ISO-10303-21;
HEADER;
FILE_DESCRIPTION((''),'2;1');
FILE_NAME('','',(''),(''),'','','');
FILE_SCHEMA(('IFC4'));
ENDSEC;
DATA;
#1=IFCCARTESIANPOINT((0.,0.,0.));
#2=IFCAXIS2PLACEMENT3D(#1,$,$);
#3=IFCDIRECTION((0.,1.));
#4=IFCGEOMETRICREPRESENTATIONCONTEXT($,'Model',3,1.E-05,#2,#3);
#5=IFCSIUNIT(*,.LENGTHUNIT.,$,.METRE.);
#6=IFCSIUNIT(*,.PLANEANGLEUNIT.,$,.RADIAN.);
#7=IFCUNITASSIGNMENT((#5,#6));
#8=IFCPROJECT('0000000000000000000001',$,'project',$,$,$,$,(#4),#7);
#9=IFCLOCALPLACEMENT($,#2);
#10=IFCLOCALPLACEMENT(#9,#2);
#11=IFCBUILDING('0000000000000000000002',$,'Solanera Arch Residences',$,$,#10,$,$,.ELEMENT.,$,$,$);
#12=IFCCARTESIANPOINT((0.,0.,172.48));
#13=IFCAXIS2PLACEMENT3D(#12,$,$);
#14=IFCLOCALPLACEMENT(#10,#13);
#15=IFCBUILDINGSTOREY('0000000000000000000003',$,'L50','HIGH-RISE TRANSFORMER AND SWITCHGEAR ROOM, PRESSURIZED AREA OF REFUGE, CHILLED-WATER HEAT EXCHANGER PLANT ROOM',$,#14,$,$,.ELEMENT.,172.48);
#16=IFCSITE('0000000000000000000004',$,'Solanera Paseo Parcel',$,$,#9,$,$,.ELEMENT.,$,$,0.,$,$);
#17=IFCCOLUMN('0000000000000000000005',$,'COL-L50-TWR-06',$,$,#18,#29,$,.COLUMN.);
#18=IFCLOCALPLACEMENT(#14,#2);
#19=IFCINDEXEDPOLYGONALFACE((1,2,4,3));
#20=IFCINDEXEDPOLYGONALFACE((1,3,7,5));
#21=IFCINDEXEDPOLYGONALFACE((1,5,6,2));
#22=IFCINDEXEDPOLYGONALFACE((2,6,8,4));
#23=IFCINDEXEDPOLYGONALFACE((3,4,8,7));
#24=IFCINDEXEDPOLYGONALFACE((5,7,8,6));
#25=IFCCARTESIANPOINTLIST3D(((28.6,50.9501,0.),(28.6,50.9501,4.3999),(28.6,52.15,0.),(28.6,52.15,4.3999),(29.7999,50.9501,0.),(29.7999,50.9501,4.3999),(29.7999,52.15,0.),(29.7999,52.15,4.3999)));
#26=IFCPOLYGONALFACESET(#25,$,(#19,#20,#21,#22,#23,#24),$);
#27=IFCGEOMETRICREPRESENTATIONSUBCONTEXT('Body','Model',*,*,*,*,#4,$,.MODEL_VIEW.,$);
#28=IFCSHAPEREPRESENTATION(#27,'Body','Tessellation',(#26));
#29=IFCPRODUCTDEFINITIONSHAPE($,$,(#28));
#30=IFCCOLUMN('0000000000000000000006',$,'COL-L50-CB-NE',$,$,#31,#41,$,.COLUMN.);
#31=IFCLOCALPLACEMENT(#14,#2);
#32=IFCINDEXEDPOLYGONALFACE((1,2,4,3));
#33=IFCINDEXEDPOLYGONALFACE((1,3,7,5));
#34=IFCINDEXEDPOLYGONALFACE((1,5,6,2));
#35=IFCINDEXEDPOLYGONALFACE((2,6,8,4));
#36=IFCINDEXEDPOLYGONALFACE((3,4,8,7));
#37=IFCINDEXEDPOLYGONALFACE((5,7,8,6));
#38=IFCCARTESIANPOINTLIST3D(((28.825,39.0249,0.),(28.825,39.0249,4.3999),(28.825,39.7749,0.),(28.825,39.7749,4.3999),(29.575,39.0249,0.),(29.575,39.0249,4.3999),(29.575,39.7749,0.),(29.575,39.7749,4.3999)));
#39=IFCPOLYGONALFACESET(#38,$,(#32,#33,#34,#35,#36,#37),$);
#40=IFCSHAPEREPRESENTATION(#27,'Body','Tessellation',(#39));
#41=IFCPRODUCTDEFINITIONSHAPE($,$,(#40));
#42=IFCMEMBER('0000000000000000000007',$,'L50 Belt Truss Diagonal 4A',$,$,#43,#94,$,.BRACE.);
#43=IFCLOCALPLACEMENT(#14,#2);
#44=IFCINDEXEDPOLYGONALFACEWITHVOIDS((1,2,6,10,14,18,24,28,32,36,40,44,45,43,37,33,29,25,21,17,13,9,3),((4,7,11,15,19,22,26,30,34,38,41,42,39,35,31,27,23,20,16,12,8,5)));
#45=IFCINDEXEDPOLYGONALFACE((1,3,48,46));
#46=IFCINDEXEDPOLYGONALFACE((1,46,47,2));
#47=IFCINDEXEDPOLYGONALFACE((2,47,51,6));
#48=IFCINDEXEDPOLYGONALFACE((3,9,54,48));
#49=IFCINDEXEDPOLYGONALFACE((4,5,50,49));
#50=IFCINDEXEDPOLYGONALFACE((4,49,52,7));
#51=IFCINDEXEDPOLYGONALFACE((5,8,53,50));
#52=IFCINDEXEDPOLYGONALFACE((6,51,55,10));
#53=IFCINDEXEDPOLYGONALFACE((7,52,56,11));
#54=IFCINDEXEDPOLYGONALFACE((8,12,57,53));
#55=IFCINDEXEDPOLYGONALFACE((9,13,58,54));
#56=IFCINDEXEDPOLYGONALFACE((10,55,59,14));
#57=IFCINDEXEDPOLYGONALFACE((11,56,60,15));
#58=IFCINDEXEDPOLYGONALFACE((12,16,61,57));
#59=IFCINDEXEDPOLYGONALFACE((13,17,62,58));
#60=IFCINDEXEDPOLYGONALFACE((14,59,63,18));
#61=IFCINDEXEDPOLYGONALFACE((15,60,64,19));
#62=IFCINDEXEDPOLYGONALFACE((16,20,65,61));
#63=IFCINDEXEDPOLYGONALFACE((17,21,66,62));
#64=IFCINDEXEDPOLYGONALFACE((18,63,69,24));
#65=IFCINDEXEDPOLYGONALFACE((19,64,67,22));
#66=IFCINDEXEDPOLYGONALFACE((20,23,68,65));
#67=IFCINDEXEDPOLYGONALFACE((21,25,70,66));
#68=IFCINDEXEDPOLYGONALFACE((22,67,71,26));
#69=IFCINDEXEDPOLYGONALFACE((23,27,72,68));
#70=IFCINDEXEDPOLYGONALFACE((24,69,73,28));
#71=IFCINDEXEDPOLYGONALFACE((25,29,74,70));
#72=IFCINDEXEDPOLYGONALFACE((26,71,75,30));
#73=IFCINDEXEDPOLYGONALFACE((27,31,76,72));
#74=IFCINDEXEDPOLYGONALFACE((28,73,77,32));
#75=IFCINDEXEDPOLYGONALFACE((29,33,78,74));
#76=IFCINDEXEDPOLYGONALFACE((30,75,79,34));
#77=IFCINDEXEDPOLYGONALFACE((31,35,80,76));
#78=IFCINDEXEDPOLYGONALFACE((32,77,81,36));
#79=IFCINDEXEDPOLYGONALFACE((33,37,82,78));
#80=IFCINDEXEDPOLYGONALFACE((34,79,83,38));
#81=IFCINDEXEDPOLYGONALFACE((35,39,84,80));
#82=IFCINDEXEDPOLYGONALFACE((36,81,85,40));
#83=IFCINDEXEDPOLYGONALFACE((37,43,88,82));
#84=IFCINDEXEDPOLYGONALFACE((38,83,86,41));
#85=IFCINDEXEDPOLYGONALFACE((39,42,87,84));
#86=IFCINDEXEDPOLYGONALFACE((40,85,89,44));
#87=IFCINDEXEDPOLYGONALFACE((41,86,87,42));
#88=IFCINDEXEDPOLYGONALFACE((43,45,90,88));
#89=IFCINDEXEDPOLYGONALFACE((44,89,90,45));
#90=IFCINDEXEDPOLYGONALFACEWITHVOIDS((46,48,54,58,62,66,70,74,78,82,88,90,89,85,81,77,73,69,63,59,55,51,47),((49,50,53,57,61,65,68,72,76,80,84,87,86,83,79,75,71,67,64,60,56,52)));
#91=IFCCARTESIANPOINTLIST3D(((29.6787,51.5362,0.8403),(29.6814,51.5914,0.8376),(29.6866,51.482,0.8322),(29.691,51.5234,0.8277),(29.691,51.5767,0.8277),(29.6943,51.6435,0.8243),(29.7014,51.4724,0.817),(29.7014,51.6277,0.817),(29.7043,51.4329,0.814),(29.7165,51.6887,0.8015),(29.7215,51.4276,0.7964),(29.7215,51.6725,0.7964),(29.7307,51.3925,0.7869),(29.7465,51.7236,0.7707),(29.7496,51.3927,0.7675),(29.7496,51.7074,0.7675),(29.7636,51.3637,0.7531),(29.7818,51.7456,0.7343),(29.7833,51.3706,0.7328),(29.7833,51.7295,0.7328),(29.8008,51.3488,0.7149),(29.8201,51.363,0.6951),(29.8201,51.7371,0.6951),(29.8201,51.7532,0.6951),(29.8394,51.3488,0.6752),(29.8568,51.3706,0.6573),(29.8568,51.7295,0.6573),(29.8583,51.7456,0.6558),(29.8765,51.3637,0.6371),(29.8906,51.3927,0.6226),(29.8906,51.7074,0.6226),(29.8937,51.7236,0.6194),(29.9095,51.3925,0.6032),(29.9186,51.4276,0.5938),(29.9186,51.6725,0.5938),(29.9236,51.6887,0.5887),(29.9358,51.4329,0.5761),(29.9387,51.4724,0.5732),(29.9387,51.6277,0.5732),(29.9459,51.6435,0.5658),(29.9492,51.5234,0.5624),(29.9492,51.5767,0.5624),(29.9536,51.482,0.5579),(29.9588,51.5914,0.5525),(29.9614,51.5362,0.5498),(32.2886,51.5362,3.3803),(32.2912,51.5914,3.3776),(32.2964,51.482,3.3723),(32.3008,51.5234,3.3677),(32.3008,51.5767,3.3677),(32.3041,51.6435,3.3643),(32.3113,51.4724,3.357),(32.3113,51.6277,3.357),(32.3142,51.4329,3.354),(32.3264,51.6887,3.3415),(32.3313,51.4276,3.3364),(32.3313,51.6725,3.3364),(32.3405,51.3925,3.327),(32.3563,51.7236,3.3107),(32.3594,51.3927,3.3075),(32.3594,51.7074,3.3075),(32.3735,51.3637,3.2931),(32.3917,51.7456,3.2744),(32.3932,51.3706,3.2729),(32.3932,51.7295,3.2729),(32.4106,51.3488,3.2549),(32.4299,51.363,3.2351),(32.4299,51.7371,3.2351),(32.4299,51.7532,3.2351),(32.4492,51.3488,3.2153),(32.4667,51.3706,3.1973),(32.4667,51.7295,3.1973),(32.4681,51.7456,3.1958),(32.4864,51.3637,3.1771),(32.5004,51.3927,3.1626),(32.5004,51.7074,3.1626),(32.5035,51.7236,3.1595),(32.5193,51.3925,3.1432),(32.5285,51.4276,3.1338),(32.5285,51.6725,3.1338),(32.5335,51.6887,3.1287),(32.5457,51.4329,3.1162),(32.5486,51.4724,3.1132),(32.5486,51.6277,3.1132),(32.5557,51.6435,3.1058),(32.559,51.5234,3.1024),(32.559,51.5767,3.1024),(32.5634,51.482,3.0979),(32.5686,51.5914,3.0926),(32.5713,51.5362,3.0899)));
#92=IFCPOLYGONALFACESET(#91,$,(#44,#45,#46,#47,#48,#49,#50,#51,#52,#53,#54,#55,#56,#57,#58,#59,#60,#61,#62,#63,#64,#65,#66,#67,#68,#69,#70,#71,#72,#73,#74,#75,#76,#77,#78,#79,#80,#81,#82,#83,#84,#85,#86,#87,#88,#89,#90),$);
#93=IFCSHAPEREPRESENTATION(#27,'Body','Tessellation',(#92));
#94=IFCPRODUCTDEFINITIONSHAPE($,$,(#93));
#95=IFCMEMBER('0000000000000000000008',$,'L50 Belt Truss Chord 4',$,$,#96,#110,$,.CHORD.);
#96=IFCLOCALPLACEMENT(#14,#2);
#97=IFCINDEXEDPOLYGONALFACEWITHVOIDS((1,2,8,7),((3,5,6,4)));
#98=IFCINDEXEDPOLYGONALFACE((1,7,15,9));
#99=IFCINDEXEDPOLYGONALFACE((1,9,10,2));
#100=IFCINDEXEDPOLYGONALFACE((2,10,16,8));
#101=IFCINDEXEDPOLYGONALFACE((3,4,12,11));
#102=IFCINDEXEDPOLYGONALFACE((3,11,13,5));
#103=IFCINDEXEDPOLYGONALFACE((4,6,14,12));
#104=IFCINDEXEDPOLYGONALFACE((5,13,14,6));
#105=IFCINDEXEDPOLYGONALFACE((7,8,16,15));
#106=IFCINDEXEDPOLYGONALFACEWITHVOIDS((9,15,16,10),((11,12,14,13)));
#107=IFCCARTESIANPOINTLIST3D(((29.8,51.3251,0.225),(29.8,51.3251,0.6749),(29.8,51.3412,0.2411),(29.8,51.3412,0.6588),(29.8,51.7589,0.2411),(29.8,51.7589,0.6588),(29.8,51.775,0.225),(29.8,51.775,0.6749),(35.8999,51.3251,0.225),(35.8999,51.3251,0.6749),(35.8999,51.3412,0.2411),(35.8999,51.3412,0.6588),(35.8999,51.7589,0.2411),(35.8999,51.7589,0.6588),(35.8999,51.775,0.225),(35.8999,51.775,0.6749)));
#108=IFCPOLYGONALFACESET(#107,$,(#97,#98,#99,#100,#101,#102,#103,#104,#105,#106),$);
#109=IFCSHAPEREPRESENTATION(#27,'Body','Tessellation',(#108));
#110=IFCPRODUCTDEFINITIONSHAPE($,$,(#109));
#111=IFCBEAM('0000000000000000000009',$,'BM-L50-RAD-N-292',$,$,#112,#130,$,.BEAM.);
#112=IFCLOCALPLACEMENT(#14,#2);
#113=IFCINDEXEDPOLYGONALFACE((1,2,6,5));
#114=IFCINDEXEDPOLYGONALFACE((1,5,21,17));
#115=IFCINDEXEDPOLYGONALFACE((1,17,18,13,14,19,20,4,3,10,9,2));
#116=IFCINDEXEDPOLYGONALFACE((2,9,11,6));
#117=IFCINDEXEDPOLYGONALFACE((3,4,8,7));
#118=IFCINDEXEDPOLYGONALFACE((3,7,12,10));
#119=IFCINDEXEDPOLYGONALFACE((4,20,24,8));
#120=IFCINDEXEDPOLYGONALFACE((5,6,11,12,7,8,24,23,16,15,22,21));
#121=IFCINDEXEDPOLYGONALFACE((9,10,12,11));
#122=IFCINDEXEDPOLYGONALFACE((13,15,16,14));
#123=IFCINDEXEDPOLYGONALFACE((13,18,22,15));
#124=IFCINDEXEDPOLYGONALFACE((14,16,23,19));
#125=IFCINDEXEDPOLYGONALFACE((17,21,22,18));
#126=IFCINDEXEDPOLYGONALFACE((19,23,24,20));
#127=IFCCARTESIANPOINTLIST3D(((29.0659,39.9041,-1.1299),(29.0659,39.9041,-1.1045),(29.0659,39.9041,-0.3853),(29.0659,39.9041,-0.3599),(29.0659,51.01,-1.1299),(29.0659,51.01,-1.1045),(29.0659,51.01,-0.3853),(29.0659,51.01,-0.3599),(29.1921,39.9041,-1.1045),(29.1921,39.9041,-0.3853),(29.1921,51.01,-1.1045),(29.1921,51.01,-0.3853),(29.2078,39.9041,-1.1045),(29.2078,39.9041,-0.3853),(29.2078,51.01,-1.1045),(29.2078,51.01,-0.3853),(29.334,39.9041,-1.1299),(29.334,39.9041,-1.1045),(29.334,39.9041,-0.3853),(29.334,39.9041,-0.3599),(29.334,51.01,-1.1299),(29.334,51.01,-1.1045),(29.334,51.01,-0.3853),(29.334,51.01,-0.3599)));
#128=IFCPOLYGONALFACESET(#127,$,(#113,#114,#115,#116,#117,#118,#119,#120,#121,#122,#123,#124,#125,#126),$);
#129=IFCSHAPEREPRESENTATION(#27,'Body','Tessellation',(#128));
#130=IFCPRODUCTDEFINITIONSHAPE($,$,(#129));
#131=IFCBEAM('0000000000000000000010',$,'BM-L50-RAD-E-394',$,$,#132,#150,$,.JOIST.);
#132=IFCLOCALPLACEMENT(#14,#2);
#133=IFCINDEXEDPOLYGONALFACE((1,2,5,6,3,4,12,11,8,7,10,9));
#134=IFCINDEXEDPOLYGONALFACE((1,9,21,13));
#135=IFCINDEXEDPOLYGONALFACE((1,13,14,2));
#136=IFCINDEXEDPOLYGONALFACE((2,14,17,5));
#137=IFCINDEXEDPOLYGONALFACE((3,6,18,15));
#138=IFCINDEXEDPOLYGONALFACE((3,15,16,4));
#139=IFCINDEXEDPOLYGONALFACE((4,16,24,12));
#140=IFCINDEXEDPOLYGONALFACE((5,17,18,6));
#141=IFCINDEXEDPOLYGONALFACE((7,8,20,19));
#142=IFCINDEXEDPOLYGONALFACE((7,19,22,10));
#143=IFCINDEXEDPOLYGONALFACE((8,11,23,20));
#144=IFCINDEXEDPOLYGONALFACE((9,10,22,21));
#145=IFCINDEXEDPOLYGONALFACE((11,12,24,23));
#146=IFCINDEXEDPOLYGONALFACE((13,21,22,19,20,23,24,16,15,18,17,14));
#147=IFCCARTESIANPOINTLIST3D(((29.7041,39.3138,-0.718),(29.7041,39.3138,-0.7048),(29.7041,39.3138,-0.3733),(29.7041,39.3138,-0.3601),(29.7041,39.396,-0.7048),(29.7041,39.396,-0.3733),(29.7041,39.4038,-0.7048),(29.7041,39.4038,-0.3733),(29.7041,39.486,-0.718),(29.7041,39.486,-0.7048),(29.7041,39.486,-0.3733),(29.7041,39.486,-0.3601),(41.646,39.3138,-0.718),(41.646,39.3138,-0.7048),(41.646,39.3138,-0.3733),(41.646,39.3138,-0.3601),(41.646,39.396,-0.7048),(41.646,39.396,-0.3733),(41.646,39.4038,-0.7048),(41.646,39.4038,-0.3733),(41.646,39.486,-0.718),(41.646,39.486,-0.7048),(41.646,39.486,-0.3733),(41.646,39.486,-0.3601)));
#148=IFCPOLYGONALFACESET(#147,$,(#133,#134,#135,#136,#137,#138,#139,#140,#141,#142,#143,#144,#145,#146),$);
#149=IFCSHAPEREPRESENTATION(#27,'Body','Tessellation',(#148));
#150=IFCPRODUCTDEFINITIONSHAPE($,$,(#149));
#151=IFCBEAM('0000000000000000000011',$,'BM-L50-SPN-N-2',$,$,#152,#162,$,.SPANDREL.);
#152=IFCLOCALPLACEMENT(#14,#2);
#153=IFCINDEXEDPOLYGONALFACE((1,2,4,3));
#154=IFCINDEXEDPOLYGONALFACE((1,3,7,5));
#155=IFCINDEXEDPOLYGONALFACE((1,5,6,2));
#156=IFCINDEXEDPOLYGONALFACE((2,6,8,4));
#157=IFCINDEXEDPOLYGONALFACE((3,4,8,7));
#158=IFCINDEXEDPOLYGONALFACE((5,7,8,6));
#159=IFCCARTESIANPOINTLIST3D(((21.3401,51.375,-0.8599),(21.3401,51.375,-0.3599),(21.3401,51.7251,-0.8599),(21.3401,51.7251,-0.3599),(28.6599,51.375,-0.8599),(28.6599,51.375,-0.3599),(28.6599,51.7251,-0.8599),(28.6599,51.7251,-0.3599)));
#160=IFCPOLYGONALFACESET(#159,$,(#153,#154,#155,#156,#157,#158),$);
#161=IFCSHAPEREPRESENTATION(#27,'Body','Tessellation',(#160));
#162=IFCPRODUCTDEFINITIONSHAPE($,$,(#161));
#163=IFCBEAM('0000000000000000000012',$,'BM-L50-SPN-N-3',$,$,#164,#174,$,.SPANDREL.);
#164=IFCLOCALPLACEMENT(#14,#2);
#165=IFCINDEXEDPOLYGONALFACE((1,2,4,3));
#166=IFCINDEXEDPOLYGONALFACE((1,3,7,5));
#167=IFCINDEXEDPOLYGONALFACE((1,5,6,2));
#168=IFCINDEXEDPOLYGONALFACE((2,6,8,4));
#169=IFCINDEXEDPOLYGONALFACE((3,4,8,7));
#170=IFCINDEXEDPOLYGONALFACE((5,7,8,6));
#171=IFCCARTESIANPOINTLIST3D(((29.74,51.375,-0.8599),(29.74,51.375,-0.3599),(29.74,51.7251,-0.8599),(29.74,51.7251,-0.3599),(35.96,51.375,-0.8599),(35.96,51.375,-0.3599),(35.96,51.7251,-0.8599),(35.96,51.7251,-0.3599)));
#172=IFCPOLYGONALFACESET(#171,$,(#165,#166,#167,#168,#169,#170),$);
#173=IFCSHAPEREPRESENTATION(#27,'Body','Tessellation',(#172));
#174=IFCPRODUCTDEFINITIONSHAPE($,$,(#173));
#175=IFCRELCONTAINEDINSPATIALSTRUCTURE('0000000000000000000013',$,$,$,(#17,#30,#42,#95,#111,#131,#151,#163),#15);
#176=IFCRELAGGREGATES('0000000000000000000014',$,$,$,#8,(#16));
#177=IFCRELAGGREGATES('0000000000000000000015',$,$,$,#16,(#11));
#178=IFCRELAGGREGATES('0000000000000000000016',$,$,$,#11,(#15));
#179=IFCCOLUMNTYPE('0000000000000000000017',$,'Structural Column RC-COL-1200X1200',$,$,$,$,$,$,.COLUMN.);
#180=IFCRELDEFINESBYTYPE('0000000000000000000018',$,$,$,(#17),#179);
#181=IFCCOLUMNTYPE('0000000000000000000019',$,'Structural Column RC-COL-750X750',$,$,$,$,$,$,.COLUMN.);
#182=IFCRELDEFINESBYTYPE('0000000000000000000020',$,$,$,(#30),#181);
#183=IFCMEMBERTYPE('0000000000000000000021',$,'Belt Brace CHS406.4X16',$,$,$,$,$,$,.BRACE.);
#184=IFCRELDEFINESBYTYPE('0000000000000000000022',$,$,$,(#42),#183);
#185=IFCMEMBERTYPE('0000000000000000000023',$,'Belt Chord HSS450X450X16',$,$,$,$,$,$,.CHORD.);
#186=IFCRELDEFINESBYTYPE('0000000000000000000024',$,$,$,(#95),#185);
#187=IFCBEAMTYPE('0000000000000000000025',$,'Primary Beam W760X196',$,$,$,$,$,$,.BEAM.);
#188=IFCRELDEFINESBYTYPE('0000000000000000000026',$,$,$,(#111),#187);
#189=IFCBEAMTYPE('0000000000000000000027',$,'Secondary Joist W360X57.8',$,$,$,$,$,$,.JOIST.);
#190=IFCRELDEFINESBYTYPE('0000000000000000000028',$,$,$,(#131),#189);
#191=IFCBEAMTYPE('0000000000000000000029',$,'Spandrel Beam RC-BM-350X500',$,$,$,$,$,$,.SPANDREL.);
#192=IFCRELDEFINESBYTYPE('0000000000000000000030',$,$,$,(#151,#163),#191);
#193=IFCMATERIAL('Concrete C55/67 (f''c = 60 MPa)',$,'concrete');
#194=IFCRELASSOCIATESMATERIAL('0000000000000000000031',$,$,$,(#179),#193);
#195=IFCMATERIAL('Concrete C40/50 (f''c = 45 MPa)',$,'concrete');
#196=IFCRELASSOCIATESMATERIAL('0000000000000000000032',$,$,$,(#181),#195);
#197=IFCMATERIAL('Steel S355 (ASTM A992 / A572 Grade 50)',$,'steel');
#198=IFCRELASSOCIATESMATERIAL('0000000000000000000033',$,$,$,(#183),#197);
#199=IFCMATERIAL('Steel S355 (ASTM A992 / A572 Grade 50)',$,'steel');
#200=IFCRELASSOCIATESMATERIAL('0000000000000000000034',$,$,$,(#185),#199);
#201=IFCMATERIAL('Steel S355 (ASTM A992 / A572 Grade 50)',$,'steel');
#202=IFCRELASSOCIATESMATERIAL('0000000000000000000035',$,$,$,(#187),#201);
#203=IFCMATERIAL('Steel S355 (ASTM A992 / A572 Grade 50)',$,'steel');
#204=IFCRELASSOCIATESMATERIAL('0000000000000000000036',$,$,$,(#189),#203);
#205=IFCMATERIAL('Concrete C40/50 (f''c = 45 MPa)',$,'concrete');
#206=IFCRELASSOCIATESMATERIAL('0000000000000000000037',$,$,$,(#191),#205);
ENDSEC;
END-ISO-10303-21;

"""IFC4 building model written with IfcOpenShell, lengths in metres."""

from ifc_helpers import new_model, si_unit, direction, frame, origin, origin_2d, place, context, subcontext, project, spatial, rectangle, hollow_rectangle, hollow_circle, i_section, extrude, material, material_profile, profile_set, type_object, element, save


model = new_model("IFC4")

# Units and contexts
model_context = context("Model", 3, precision=1e-05, world=origin(), true_north=direction((0.0, 1.0)))
body_context = subcontext(model_context, "Body", "Model", "MODEL_VIEW")
ifc_project = project(units=[si_unit("LENGTHUNIT", "METRE"), si_unit("PLANEANGLEUNIT", "RADIAN")], contexts=[model_context])

# Site, building, storey
site_placement = place(None, origin())
site = spatial("IfcSite", under=ifc_project, at=site_placement, Name="Solanera Paseo Parcel", CompositionType="ELEMENT", RefElevation=0.0)
building_placement = place(site_placement, origin())
building = spatial("IfcBuilding", under=site, at=building_placement, Name="Solanera Arch Residences", CompositionType="ELEMENT")
storey_placement = place(building_placement, frame((0.0, 0.0, 172.48)))
storey = spatial("IfcBuildingStorey", under=building, at=storey_placement, Name="L50", Description="HIGH-RISE TRANSFORMER AND SWITCHGEAR ROOM, PRESSURIZED AREA OF REFUGE, CHILLED-WATER HEAT EXCHANGER PLANT ROOM", CompositionType="ELEMENT", Elevation=172.48)

# Columns
ifc_material_1 = material(Name="Concrete C55/67 (f'c = 60 MPa)", Category="concrete")
ifc_material_profile_1 = material_profile(ifc_material_1, rectangle(XDim=1.2, YDim=1.2, at=origin_2d()))
ifc_profile_set_1 = profile_set([ifc_material_profile_1], Name="Concrete C55/67 (f'c = 60 MPa)")
column_type_1 = type_object("IfcColumnType", Name="Structural Column RC-COL-1200X1200", PredefinedType="COLUMN", material=ifc_profile_set_1)
column_1_placement = place(storey_placement, frame((29.2, 51.55, 0.0), z_axis=(0.0, 0.0, 1.0), x_axis=(1.0, 0.0, 0.0)))
element("IfcColumn", 1, at=column_1_placement, inside=storey, type_object=column_type_1, Name="COL-L50-TWR-06", PredefinedType="COLUMN", context=body_context, shape_type="SweptSolid", body=[
    extrude(rectangle(XDim=1.2, YDim=1.2, at=origin_2d()), origin(), (0.0, 0.0, 1.0), 4.3999),
])
ifc_material_2 = material(Name="Concrete C40/50 (f'c = 45 MPa)", Category="concrete")
ifc_material_profile_2 = material_profile(ifc_material_2, rectangle(XDim=0.75, YDim=0.75, at=origin_2d()))
ifc_profile_set_2 = profile_set([ifc_material_profile_2], Name="Concrete C40/50 (f'c = 45 MPa)")
column_type_2 = type_object("IfcColumnType", Name="Structural Column RC-COL-750X750", PredefinedType="COLUMN", material=ifc_profile_set_2)
column_2_placement = place(storey_placement, frame((29.2, 39.3999, 0.0), z_axis=(0.0, 0.0, 1.0), x_axis=(1.0, 0.0, 0.0)))
element("IfcColumn", 2, at=column_2_placement, inside=storey, type_object=column_type_2, Name="COL-L50-CB-NE", PredefinedType="COLUMN", context=body_context, shape_type="SweptSolid", body=[
    extrude(rectangle(XDim=0.75, YDim=0.75, at=origin_2d()), origin(), (0.0, 0.0, 1.0), 4.3999),
])

# Members
ifc_material_3 = material(Name="Steel S355 (ASTM A992 / A572 Grade 50)", Category="steel")
ifc_material_profile_3 = material_profile(ifc_material_3, hollow_circle(Radius=0.2031, WallThickness=0.0161, at=origin_2d()))
ifc_profile_set_3 = profile_set([ifc_material_profile_3], Name="Steel S355 (ASTM A992 / A572 Grade 50)")
member_type_1 = type_object("IfcMemberType", Name="Belt Brace CHS406.4X16", PredefinedType="BRACE", material=ifc_profile_set_3)
member_1_placement = place(storey_placement, frame((29.8201, 51.55, 0.6951), z_axis=(0.716628, 0.0, 0.697455), x_axis=(0.0, 1.0, 0.0)))
element("IfcMember", 3, at=member_1_placement, inside=storey, type_object=member_type_1, Name="L50 Belt Truss Diagonal 4A", PredefinedType="BRACE", context=body_context, shape_type="SweptSolid", body=[
    extrude(hollow_circle(Radius=0.2031, WallThickness=0.0161, at=origin_2d()), origin(), (0.0, 0.0, 1.0), 3.6418),
])
ifc_material_4 = material(Name="Steel S355 (ASTM A992 / A572 Grade 50)", Category="steel")
ifc_material_profile_4 = material_profile(ifc_material_4, hollow_rectangle(XDim=0.45, YDim=0.45, WallThickness=0.0161, at=origin_2d()))
ifc_profile_set_4 = profile_set([ifc_material_profile_4], Name="Steel S355 (ASTM A992 / A572 Grade 50)")
member_type_2 = type_object("IfcMemberType", Name="Belt Chord HSS450X450X16", PredefinedType="CHORD", material=ifc_profile_set_4)
member_2_placement = place(storey_placement, frame((29.8, 51.55, 0.45), z_axis=(1.0, 0.0, 0.0), x_axis=(0.0, 1.0, 0.0)))
element("IfcMember", 4, at=member_2_placement, inside=storey, type_object=member_type_2, Name="L50 Belt Truss Chord 4", PredefinedType="CHORD", context=body_context, shape_type="SweptSolid", body=[
    extrude(hollow_rectangle(XDim=0.45, YDim=0.45, WallThickness=0.0161, at=origin_2d()), origin(), (0.0, 0.0, 1.0), 6.0999),
])

# Beams
ifc_material_5 = material(Name="Steel S355 (ASTM A992 / A572 Grade 50)", Category="steel")
ifc_material_profile_5 = material_profile(ifc_material_5, i_section(OverallWidth=0.2681, OverallDepth=0.77, WebThickness=0.0156, FlangeThickness=0.0254, at=origin_2d()))
ifc_profile_set_5 = profile_set([ifc_material_profile_5], Name="Steel S355 (ASTM A992 / A572 Grade 50)")
beam_type_1 = type_object("IfcBeamType", Name="Primary Beam W760X196", PredefinedType="BEAM", material=ifc_profile_set_5)
beam_1_placement = place(storey_placement, frame((29.2, 39.9041, -0.7449), z_axis=(0.0, 1.0, 0.0), x_axis=(-1.0, 0.0, 0.0)))
element("IfcBeam", 5, at=beam_1_placement, inside=storey, type_object=beam_type_1, Name="BM-L50-RAD-N-292", PredefinedType="BEAM", context=body_context, shape_type="SweptSolid", body=[
    extrude(i_section(OverallWidth=0.2681, OverallDepth=0.77, WebThickness=0.0156, FlangeThickness=0.0254, at=origin_2d()), origin(), (0.0, 0.0, 1.0), 11.106),
])
ifc_material_6 = material(Name="Steel S355 (ASTM A992 / A572 Grade 50)", Category="steel")
ifc_material_profile_6 = material_profile(ifc_material_6, i_section(OverallWidth=0.1721, OverallDepth=0.3579, WebThickness=0.0078, FlangeThickness=0.0132, at=origin_2d()))
ifc_profile_set_6 = profile_set([ifc_material_profile_6], Name="Steel S355 (ASTM A992 / A572 Grade 50)")
beam_type_2 = type_object("IfcBeamType", Name="Secondary Joist W360X57.8", PredefinedType="JOIST", material=ifc_profile_set_6)
beam_2_placement = place(storey_placement, frame((29.7041, 39.3999, -0.5391), z_axis=(1.0, 0.0, 0.0), x_axis=(0.0, 1.0, 0.0)))
element("IfcBeam", 6, at=beam_2_placement, inside=storey, type_object=beam_type_2, Name="BM-L50-RAD-E-394", PredefinedType="JOIST", context=body_context, shape_type="SweptSolid", body=[
    extrude(i_section(OverallWidth=0.1721, OverallDepth=0.3579, WebThickness=0.0078, FlangeThickness=0.0132, at=origin_2d()), origin(), (0.0, 0.0, 1.0), 11.9419),
])
ifc_material_7 = material(Name="Concrete C40/50 (f'c = 45 MPa)", Category="concrete")
ifc_material_profile_7 = material_profile(ifc_material_7, rectangle(XDim=0.3501, YDim=0.5, at=origin_2d()))
ifc_profile_set_7 = profile_set([ifc_material_profile_7], Name="Concrete C40/50 (f'c = 45 MPa)")
beam_type_3 = type_object("IfcBeamType", Name="Spandrel Beam RC-BM-350X500", PredefinedType="SPANDREL", material=ifc_profile_set_7)
beam_3_placement = place(storey_placement, frame((21.3401, 51.55, -0.6099), z_axis=(1.0, 0.0, 0.0), x_axis=(0.0, 1.0, 0.0)))
element("IfcBeam", 7, at=beam_3_placement, inside=storey, type_object=beam_type_3, Name="BM-L50-SPN-N-2", PredefinedType="SPANDREL", context=body_context, shape_type="SweptSolid", body=[
    extrude(rectangle(XDim=0.3501, YDim=0.5, at=origin_2d()), origin(), (0.0, 0.0, 1.0), 7.3198),
])
beam_4_placement = place(storey_placement, frame((29.74, 51.55, -0.6099), z_axis=(1.0, 0.0, 0.0), x_axis=(0.0, 1.0, 0.0)))
element("IfcBeam", 8, at=beam_4_placement, inside=storey, type_object=beam_type_3, Name="BM-L50-SPN-N-3", PredefinedType="SPANDREL", context=body_context, shape_type="SweptSolid", body=[
    extrude(rectangle(XDim=0.3501, YDim=0.5, at=origin_2d()), origin(), (0.0, 0.0, 1.0), 6.22),
])

save(model, "model.ifc")
